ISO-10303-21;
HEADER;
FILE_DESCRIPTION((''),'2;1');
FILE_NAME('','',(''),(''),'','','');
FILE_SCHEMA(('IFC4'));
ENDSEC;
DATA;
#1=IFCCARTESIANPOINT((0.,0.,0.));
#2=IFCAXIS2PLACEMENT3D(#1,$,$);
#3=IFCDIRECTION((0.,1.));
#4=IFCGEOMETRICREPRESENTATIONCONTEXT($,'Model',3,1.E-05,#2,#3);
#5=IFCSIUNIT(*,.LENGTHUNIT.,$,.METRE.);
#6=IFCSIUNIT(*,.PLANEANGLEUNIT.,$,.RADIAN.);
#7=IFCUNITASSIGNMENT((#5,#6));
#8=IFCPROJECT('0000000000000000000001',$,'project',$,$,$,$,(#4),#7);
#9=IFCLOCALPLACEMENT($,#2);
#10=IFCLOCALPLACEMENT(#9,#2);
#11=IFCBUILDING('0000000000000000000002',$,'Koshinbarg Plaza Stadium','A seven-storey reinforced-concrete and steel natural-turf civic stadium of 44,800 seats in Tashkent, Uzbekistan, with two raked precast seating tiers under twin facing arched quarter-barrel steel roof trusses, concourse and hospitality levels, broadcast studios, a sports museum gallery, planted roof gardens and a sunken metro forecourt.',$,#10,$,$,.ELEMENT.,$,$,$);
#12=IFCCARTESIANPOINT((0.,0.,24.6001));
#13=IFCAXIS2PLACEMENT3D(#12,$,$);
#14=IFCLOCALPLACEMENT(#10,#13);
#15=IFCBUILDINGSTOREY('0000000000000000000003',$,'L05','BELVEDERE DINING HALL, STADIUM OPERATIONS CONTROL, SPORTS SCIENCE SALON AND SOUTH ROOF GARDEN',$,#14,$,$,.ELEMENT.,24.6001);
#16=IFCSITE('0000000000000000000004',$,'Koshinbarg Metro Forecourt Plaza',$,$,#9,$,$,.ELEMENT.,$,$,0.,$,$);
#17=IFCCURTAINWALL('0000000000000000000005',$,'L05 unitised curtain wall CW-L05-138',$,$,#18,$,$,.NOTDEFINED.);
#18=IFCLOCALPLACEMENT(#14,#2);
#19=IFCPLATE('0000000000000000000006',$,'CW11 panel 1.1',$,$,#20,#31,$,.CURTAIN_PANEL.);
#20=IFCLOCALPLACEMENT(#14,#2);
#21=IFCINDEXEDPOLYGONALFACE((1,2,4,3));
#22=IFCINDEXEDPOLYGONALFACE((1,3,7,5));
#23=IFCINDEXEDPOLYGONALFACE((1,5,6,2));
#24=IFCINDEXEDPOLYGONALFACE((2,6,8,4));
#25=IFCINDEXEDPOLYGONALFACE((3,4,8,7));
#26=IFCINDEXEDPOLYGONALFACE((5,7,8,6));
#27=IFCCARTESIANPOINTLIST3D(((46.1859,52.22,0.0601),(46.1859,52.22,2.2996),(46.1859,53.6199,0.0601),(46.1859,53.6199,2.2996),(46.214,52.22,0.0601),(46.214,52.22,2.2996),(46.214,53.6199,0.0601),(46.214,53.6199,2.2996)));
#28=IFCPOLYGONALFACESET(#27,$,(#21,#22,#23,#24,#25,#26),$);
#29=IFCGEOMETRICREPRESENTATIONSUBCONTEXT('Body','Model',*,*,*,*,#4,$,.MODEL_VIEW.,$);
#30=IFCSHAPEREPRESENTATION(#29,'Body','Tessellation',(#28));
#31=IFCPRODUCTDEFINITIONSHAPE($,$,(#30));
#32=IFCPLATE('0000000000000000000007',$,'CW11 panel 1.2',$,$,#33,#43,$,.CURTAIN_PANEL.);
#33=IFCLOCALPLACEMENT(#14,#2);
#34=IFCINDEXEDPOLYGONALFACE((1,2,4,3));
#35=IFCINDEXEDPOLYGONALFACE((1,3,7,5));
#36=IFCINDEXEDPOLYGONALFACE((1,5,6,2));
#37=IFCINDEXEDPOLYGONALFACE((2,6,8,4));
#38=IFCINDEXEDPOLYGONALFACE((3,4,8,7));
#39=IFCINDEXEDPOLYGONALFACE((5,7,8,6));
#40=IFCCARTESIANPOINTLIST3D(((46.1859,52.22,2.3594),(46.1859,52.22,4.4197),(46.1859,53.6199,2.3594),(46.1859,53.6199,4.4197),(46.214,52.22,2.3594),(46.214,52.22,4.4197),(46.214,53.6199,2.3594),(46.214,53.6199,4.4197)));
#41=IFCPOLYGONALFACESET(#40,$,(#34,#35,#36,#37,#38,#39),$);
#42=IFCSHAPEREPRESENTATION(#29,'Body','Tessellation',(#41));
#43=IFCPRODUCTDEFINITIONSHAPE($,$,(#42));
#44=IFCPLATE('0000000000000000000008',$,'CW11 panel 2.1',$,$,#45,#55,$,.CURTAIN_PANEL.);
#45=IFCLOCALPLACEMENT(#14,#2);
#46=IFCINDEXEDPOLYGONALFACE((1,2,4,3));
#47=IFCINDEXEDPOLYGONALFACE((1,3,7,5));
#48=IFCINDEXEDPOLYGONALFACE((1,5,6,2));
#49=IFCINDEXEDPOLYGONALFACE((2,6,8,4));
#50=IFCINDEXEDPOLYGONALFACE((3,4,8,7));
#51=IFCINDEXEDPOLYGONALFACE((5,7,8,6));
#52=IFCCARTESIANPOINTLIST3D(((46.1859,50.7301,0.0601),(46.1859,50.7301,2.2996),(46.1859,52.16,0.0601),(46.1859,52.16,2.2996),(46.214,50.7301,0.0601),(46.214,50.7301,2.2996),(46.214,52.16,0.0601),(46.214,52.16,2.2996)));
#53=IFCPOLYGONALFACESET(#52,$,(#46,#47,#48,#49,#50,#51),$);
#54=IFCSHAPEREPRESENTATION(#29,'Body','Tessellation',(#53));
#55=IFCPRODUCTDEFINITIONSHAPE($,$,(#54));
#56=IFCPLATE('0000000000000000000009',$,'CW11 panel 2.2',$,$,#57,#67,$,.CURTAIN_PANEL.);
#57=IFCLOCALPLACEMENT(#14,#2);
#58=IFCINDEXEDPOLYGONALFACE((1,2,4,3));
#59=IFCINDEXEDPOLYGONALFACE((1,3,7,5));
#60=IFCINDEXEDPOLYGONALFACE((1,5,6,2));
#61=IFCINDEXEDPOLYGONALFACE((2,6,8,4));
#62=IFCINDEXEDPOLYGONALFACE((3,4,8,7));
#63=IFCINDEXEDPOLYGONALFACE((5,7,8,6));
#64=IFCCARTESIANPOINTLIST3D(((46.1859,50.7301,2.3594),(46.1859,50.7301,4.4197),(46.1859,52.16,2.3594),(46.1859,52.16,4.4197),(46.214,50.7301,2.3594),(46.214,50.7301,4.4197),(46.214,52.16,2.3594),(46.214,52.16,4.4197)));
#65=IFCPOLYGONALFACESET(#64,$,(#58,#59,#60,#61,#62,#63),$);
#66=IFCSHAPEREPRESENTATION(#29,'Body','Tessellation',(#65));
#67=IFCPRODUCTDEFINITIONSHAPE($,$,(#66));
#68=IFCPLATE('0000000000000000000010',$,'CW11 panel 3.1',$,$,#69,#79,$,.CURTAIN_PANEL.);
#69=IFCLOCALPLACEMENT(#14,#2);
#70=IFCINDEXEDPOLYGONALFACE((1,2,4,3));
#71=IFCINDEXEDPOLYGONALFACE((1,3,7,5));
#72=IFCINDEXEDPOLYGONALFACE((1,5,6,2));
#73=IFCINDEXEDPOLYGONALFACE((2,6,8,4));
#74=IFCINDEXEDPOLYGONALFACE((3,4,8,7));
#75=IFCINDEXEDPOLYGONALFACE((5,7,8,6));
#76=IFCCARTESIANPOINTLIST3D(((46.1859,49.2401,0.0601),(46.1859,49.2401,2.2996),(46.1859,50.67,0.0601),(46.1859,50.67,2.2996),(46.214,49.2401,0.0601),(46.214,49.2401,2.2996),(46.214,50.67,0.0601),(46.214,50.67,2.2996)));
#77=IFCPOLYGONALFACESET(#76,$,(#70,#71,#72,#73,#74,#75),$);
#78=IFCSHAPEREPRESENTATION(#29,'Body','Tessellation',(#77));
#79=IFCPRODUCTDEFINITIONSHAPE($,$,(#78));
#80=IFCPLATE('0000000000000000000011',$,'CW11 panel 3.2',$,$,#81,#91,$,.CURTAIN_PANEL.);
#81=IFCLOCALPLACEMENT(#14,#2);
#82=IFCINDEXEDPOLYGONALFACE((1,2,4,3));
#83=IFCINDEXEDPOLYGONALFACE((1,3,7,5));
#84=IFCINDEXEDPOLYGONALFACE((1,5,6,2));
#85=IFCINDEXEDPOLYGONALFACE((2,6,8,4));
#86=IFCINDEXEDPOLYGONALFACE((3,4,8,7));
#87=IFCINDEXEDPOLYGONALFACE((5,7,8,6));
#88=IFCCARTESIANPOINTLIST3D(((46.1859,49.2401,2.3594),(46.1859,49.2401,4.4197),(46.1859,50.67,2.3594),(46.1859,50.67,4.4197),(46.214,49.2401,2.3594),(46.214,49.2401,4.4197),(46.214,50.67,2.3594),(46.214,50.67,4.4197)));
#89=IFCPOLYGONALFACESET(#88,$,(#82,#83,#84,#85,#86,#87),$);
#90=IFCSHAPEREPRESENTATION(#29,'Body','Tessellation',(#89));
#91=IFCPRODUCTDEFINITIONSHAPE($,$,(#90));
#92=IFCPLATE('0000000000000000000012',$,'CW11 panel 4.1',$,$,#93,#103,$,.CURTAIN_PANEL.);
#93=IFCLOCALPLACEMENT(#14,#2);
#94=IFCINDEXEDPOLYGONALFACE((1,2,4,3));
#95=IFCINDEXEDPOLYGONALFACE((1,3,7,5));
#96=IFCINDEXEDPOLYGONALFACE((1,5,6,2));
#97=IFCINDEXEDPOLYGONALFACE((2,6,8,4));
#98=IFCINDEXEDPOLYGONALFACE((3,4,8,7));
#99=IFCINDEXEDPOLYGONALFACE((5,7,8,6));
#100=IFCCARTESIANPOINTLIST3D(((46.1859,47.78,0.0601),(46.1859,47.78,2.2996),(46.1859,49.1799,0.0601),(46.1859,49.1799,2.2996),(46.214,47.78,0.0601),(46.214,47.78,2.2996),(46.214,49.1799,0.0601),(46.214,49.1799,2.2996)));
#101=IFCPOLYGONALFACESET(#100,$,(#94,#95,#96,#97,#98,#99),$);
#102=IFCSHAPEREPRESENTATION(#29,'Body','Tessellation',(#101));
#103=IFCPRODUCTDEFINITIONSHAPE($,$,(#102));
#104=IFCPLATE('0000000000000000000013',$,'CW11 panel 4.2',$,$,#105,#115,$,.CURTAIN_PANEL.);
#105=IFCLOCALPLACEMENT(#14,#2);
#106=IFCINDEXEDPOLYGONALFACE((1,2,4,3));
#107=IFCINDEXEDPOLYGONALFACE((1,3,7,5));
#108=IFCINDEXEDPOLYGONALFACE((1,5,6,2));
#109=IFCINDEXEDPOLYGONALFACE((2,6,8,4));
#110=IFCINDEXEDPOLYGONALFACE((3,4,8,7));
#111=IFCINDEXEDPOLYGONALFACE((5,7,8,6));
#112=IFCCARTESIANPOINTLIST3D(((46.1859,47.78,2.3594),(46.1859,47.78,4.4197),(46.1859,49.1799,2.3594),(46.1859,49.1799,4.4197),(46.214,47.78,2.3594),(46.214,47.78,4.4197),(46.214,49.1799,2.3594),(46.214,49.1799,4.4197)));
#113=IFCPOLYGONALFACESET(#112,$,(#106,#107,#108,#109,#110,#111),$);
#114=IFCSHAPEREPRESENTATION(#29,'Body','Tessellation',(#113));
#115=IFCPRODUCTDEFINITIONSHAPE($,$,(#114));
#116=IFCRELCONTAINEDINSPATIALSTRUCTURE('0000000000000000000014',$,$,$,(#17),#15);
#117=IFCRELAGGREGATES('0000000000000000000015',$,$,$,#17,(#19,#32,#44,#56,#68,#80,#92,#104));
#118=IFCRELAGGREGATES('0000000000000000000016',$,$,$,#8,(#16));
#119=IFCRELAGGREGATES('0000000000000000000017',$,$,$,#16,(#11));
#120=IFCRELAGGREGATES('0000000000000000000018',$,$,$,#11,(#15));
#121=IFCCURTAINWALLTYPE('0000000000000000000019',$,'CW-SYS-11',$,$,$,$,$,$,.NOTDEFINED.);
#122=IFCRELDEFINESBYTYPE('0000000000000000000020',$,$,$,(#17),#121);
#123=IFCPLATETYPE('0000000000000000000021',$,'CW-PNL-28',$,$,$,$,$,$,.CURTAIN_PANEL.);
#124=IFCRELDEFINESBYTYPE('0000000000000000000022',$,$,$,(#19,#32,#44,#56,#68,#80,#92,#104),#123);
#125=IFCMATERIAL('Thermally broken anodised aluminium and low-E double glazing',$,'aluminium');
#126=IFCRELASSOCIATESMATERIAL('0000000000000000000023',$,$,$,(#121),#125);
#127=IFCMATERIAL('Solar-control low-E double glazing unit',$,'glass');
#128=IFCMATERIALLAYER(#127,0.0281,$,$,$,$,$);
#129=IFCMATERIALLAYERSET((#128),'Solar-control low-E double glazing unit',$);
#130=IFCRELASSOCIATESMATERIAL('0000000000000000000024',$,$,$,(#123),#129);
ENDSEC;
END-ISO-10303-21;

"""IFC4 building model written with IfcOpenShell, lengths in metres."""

from ifc_helpers import new_model, si_unit, direction, frame, origin, origin_2d, place, context, subcontext, project, spatial, rectangle, extrude, material, layer, layer_set, type_object, element, aggregate, save


model = new_model("IFC4")

# Units and contexts
model_context = context("Model", 3, precision=1e-05, world=origin(), true_north=direction((0.0, 1.0)))
body_context = subcontext(model_context, "Body", "Model", "MODEL_VIEW")
ifc_project = project(units=[si_unit("LENGTHUNIT", "METRE"), si_unit("PLANEANGLEUNIT", "RADIAN")], contexts=[model_context])

# Site, building, storey
site_placement = place(None, origin())
site = spatial("IfcSite", under=ifc_project, at=site_placement, Name="Koshinbarg Metro Forecourt Plaza", CompositionType="ELEMENT", RefElevation=0.0)
building_placement = place(site_placement, origin())
building = spatial("IfcBuilding", under=site, at=building_placement, Name="Koshinbarg Plaza Stadium", Description="A seven-storey reinforced-concrete and steel natural-turf civic stadium of 44,800 seats in Tashkent, Uzbekistan, with two raked precast seating tiers under twin facing arched quarter-barrel steel roof trusses, concourse and hospitality levels, broadcast studios, a sports museum gallery, planted roof gardens and a sunken metro forecourt.", CompositionType="ELEMENT")
storey_placement = place(building_placement, frame((0.0, 0.0, 24.6001)))
storey = spatial("IfcBuildingStorey", under=building, at=storey_placement, Name="L05", Description="BELVEDERE DINING HALL, STADIUM OPERATIONS CONTROL, SPORTS SCIENCE SALON AND SOUTH ROOF GARDEN", CompositionType="ELEMENT", Elevation=24.6001)

# Curtain wall, plates
ifc_material_1 = material(Name="Thermally broken anodised aluminium and low-E double glazing", Category="aluminium")
curtain_wall_type = type_object("IfcCurtainWallType", Name="CW-SYS-11", PredefinedType="NOTDEFINED", material=ifc_material_1)
curtain_wall_placement = place(storey_placement, origin())
curtain_wall = element("IfcCurtainWall", 1, at=curtain_wall_placement, inside=storey, type_object=curtain_wall_type, Name="L05 unitised curtain wall CW-L05-138", PredefinedType="NOTDEFINED")
ifc_material_2 = material(Name="Solar-control low-E double glazing unit", Category="glass")
ifc_layer = layer(ifc_material_2, 0.0281)
ifc_layer_set = layer_set([ifc_layer], Name="Solar-control low-E double glazing unit")
plate_type = type_object("IfcPlateType", Name="CW-PNL-28", PredefinedType="CURTAIN_PANEL", material=ifc_layer_set)
plate_1_placement = place(storey_placement, frame((46.2, 52.9199, 0.0601), z_axis=(0.0, 0.0, 1.0), x_axis=(0.0, -1.0, 0.0)))
plate_1 = element("IfcPlate", 2, at=plate_1_placement, type_object=plate_type, Name="CW11 panel 1.1", PredefinedType="CURTAIN_PANEL", context=body_context, shape_type="SweptSolid", body=[
    extrude(rectangle(XDim=1.3999, YDim=0.0281, at=origin_2d()), origin(), (0.0, 0.0, 1.0), 2.2395),
])
plate_2_placement = place(storey_placement, frame((46.2, 52.9199, 2.3594), z_axis=(0.0, 0.0, 1.0), x_axis=(0.0, -1.0, 0.0)))
plate_2 = element("IfcPlate", 3, at=plate_2_placement, type_object=plate_type, Name="CW11 panel 1.2", PredefinedType="CURTAIN_PANEL", context=body_context, shape_type="SweptSolid", body=[
    extrude(rectangle(XDim=1.3999, YDim=0.0281, at=origin_2d()), origin(), (0.0, 0.0, 1.0), 2.0603),
])
plate_3_placement = place(storey_placement, frame((46.2, 51.4451, 0.0601), z_axis=(0.0, 0.0, 1.0), x_axis=(0.0, -1.0, 0.0)))
plate_3 = element("IfcPlate", 4, at=plate_3_placement, type_object=plate_type, Name="CW11 panel 2.1", PredefinedType="CURTAIN_PANEL", context=body_context, shape_type="SweptSolid", body=[
    extrude(rectangle(XDim=1.4299, YDim=0.0281, at=origin_2d()), origin(), (0.0, 0.0, 1.0), 2.2395),
])
plate_4_placement = place(storey_placement, frame((46.2, 51.4451, 2.3594), z_axis=(0.0, 0.0, 1.0), x_axis=(0.0, -1.0, 0.0)))
plate_4 = element("IfcPlate", 5, at=plate_4_placement, type_object=plate_type, Name="CW11 panel 2.2", PredefinedType="CURTAIN_PANEL", context=body_context, shape_type="SweptSolid", body=[
    extrude(rectangle(XDim=1.4299, YDim=0.0281, at=origin_2d()), origin(), (0.0, 0.0, 1.0), 2.0603),
])
plate_5_placement = place(storey_placement, frame((46.2, 49.9551, 0.0601), z_axis=(0.0, 0.0, 1.0), x_axis=(0.0, -1.0, 0.0)))
plate_5 = element("IfcPlate", 6, at=plate_5_placement, type_object=plate_type, Name="CW11 panel 3.1", PredefinedType="CURTAIN_PANEL", context=body_context, shape_type="SweptSolid", body=[
    extrude(rectangle(XDim=1.4299, YDim=0.0281, at=origin_2d()), origin(), (0.0, 0.0, 1.0), 2.2395),
])
plate_6_placement = place(storey_placement, frame((46.2, 49.9551, 2.3594), z_axis=(0.0, 0.0, 1.0), x_axis=(0.0, -1.0, 0.0)))
plate_6 = element("IfcPlate", 7, at=plate_6_placement, type_object=plate_type, Name="CW11 panel 3.2", PredefinedType="CURTAIN_PANEL", context=body_context, shape_type="SweptSolid", body=[
    extrude(rectangle(XDim=1.4299, YDim=0.0281, at=origin_2d()), origin(), (0.0, 0.0, 1.0), 2.0603),
])
plate_7_placement = place(storey_placement, frame((46.2, 48.48, 0.0601), z_axis=(0.0, 0.0, 1.0), x_axis=(0.0, -1.0, 0.0)))
plate_7 = element("IfcPlate", 8, at=plate_7_placement, type_object=plate_type, Name="CW11 panel 4.1", PredefinedType="CURTAIN_PANEL", context=body_context, shape_type="SweptSolid", body=[
    extrude(rectangle(XDim=1.3999, YDim=0.0281, at=origin_2d()), origin(), (0.0, 0.0, 1.0), 2.2395),
])
plate_8_placement = place(storey_placement, frame((46.2, 48.48, 2.3594), z_axis=(0.0, 0.0, 1.0), x_axis=(0.0, -1.0, 0.0)))
plate_8 = element("IfcPlate", 9, at=plate_8_placement, type_object=plate_type, Name="CW11 panel 4.2", PredefinedType="CURTAIN_PANEL", context=body_context, shape_type="SweptSolid", body=[
    extrude(rectangle(XDim=1.3999, YDim=0.0281, at=origin_2d()), origin(), (0.0, 0.0, 1.0), 2.0603),
])
aggregate(curtain_wall, [plate_1, plate_2, plate_3, plate_4, plate_5, plate_6, plate_7, plate_8])

save(model, "model.ifc")
